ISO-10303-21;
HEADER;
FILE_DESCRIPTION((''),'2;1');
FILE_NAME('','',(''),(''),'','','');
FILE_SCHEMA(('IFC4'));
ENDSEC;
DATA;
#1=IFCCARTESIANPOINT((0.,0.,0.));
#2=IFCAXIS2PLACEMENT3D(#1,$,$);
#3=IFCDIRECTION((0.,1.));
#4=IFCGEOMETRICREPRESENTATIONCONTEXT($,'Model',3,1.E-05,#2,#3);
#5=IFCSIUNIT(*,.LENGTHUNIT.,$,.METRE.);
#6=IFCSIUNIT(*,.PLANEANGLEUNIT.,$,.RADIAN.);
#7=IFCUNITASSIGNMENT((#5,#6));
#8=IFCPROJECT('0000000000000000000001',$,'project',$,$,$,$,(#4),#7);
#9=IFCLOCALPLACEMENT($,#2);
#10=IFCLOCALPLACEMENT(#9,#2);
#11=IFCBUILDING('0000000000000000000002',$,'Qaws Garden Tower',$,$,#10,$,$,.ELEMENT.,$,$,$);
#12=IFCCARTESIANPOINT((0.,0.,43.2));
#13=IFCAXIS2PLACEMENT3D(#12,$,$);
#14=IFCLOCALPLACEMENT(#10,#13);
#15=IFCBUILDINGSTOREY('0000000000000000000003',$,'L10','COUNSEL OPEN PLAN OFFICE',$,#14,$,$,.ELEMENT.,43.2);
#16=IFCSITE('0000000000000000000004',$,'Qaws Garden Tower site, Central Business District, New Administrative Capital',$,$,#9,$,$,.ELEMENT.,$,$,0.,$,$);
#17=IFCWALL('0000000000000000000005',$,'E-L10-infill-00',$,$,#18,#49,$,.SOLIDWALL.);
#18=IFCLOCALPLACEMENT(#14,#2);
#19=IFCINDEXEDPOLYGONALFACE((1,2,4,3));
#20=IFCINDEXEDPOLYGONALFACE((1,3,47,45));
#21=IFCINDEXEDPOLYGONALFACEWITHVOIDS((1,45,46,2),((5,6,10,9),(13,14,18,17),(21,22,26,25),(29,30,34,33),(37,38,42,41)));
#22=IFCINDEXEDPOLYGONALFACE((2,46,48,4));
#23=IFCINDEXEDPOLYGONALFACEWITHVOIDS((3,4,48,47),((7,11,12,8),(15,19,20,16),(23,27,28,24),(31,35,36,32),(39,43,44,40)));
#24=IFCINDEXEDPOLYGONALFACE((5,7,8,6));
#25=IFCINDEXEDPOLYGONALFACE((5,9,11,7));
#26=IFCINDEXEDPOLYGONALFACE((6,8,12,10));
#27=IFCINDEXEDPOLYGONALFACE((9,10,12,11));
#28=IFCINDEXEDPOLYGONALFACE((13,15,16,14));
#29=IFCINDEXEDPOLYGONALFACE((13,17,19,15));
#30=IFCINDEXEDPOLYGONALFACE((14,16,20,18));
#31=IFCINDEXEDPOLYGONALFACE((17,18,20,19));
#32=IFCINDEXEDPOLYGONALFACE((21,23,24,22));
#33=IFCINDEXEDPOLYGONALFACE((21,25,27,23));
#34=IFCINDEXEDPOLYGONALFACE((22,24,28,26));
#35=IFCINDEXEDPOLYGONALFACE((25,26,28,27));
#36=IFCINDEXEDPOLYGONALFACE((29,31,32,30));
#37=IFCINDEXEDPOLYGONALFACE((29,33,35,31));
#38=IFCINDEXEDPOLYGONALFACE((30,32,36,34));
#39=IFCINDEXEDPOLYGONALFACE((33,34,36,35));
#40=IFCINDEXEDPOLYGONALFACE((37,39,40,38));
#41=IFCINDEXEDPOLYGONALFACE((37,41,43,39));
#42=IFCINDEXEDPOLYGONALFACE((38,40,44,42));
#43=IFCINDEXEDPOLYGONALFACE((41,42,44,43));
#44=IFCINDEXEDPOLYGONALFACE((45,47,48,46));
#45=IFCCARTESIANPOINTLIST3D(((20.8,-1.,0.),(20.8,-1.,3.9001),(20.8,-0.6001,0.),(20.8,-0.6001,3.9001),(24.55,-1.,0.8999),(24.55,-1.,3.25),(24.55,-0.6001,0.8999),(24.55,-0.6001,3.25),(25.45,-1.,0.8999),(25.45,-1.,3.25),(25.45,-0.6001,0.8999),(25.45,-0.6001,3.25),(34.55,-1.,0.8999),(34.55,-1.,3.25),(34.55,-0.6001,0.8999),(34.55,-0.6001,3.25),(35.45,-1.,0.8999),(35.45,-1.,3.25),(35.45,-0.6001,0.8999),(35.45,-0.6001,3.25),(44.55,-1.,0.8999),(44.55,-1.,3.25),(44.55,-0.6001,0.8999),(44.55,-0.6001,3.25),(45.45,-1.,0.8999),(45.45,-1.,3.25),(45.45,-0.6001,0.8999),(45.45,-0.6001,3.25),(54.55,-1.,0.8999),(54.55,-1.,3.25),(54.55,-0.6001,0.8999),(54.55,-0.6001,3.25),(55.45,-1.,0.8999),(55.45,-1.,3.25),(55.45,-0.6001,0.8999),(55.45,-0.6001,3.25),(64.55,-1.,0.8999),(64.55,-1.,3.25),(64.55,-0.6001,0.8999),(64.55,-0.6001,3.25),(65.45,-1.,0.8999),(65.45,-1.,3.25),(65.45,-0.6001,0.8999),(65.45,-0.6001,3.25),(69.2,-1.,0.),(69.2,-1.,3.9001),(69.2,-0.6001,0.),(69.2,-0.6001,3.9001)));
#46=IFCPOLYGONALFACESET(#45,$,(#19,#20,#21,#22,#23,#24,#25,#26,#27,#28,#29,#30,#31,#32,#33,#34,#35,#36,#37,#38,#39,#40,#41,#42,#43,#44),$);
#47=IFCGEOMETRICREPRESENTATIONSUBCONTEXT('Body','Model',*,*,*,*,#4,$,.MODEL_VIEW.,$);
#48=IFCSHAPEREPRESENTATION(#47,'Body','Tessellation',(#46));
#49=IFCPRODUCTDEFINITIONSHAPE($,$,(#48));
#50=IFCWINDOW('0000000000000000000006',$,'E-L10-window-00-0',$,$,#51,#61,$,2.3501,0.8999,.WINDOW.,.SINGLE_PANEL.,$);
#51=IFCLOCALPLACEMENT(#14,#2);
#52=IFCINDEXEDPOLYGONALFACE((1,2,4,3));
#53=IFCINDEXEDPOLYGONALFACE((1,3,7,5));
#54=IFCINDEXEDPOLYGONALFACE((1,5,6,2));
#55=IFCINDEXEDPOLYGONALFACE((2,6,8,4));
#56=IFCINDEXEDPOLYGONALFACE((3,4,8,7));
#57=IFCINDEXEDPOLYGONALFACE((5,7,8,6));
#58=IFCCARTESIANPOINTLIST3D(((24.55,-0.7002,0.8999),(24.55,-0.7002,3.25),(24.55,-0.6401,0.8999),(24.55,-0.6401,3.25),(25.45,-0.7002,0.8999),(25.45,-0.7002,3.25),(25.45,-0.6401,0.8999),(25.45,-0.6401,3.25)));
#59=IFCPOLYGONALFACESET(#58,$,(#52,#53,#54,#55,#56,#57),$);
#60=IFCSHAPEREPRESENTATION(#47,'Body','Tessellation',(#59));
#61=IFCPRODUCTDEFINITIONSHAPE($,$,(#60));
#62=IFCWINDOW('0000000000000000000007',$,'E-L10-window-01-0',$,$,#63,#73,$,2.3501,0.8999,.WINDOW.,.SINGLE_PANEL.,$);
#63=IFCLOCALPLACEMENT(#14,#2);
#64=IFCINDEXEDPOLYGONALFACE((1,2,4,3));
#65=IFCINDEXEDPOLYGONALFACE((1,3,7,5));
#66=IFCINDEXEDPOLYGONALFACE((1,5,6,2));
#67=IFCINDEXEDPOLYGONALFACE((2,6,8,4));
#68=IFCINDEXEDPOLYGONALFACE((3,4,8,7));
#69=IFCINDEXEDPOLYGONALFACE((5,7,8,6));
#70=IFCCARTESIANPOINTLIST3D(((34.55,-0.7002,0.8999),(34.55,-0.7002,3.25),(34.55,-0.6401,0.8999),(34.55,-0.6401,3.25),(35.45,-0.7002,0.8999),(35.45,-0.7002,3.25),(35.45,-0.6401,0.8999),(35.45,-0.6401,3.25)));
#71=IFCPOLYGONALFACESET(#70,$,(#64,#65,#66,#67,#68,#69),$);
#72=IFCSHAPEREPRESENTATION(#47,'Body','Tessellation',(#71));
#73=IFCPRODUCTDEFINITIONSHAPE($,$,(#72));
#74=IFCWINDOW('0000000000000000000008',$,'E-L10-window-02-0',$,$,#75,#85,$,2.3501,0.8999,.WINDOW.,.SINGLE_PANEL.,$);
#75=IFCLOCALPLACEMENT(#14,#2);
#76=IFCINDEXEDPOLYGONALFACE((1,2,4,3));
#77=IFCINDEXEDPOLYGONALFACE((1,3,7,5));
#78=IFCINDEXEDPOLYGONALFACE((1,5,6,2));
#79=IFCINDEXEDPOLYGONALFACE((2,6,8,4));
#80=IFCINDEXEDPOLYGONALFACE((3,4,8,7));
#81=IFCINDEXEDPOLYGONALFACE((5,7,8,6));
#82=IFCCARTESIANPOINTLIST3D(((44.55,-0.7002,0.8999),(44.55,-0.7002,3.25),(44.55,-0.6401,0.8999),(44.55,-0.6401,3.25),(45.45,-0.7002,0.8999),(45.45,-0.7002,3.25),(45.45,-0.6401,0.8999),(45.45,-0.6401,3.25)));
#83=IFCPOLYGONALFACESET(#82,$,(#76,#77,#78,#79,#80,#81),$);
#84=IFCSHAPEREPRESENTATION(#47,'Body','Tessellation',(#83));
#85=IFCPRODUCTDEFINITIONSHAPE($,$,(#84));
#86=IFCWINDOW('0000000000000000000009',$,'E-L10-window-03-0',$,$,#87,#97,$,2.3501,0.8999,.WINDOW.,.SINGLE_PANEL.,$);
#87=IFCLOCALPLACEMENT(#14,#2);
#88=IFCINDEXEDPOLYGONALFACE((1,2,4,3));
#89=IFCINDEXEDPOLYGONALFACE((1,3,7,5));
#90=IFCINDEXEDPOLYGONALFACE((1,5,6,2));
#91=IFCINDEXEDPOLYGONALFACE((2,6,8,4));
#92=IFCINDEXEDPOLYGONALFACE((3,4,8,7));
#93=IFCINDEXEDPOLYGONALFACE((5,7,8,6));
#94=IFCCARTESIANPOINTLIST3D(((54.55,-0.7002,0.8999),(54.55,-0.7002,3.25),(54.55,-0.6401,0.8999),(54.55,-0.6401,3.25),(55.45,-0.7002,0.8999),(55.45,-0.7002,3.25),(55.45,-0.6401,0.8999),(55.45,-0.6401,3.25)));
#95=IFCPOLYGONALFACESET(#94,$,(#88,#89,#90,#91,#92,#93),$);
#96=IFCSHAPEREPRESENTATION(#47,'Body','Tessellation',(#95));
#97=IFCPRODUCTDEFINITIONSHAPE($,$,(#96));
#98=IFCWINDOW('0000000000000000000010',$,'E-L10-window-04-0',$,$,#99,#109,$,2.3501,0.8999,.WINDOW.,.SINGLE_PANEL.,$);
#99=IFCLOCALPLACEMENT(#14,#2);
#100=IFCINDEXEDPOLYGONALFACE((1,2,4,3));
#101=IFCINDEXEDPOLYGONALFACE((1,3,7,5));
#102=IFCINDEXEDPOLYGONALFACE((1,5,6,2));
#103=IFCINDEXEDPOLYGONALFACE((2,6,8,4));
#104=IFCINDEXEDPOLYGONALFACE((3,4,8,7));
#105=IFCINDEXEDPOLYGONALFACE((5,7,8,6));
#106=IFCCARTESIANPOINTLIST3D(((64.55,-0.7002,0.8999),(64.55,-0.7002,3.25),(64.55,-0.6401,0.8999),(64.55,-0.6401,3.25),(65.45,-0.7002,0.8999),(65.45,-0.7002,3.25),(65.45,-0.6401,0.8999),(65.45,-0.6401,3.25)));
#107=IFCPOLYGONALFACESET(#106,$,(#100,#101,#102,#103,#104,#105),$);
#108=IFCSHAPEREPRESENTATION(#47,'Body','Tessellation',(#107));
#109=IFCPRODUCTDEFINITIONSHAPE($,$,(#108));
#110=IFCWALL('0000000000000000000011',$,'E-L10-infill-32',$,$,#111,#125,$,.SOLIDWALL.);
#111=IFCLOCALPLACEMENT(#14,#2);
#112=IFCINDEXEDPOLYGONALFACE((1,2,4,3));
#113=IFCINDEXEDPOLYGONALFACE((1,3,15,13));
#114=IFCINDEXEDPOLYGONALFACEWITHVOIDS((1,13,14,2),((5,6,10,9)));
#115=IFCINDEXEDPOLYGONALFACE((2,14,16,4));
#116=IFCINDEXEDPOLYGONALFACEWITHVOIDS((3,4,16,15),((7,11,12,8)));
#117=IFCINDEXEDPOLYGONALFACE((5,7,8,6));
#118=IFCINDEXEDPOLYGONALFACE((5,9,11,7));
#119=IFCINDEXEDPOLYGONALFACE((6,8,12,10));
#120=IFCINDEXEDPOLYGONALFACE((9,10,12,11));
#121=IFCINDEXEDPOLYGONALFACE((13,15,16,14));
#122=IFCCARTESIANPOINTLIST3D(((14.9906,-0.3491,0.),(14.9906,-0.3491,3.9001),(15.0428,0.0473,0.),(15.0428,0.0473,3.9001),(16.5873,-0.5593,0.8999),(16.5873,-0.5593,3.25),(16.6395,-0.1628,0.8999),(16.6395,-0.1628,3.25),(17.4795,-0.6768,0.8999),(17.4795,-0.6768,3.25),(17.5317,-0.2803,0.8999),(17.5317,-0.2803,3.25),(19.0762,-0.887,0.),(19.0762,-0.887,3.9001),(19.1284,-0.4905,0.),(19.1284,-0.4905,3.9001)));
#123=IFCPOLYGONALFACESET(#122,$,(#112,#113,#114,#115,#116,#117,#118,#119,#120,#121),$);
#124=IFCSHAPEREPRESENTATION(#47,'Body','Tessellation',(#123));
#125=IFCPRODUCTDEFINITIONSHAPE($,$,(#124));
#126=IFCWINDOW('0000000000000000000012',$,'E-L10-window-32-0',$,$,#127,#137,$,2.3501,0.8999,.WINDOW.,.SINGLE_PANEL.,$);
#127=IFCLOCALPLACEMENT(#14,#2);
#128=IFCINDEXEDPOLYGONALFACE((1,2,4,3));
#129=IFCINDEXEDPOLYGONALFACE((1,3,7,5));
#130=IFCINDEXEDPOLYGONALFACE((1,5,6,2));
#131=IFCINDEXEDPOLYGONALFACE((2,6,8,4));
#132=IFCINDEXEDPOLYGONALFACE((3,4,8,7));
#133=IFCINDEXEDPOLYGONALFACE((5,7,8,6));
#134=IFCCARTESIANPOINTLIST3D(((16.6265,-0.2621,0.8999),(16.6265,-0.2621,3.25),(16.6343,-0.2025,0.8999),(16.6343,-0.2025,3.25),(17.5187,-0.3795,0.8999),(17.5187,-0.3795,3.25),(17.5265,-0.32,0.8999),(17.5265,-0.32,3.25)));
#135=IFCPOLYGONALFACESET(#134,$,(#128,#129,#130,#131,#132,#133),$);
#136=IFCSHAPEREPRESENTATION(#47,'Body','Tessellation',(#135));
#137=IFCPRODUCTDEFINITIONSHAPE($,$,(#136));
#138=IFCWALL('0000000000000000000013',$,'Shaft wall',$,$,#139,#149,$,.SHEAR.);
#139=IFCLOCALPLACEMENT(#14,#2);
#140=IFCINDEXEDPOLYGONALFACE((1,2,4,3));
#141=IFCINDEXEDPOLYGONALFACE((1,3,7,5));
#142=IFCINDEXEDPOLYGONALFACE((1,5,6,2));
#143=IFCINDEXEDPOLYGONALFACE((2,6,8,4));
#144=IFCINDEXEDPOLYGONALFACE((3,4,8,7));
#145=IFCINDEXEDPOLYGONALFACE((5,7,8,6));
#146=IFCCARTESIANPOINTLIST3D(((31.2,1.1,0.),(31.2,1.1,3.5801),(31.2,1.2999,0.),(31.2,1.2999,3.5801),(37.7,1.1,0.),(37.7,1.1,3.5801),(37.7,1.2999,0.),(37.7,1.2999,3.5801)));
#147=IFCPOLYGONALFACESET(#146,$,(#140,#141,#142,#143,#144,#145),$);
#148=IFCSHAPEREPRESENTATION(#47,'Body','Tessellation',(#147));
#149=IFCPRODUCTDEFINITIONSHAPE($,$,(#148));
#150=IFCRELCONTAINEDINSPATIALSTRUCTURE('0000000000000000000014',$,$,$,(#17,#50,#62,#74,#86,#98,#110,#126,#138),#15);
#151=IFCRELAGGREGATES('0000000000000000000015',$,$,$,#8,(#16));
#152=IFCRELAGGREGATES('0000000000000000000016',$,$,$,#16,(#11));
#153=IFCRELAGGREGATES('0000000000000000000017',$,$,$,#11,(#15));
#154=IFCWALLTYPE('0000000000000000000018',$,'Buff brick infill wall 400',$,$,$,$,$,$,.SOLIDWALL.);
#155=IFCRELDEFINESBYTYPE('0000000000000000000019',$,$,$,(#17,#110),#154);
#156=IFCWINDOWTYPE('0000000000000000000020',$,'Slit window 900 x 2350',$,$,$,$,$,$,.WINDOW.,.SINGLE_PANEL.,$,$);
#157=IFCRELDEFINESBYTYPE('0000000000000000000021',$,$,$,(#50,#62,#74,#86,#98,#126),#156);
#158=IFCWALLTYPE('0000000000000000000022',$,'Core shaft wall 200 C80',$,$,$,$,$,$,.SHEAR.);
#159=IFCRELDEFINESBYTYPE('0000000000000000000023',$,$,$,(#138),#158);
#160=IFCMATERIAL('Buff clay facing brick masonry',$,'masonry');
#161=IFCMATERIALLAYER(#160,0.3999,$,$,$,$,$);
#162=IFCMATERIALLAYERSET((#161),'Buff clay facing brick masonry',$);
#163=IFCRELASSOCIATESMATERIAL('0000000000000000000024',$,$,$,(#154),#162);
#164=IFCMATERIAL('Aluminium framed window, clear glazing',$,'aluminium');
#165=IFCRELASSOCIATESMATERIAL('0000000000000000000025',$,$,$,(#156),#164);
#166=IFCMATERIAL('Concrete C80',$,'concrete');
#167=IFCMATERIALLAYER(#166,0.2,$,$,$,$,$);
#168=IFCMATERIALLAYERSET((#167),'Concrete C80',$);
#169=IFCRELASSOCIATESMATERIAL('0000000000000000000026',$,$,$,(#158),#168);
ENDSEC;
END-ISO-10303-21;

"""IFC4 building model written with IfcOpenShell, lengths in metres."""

from ifc_helpers import new_model, si_unit, direction, frame, frame_2d, origin, place, context, subcontext, project, spatial, rectangle, extrude, material, layer, layer_set, type_object, element, fill, save


model = new_model("IFC4")

# Units and contexts
model_context = context("Model", 3, precision=1e-05, world=origin(), true_north=direction((0.0, 1.0)))
body_context = subcontext(model_context, "Body", "Model", "MODEL_VIEW")
ifc_project = project(units=[si_unit("LENGTHUNIT", "METRE"), si_unit("PLANEANGLEUNIT", "RADIAN")], contexts=[model_context])

# Site, building, storey
site_placement = place(None, origin())
site = spatial("IfcSite", under=ifc_project, at=site_placement, Name="Qaws Garden Tower site, Central Business District, New Administrative Capital", CompositionType="ELEMENT", RefElevation=0.0)
building_placement = place(site_placement, origin())
building = spatial("IfcBuilding", under=site, at=building_placement, Name="Qaws Garden Tower", CompositionType="ELEMENT")
storey_placement = place(building_placement, frame((0.0, 0.0, 43.2)))
storey = spatial("IfcBuildingStorey", under=building, at=storey_placement, Name="L10", Description="COUNSEL OPEN PLAN OFFICE", CompositionType="ELEMENT", Elevation=43.2)

# Wall, openings, windows
ifc_material_1 = material(Name="Buff clay facing brick masonry", Category="masonry")
ifc_layer_1 = layer(ifc_material_1, 0.3999)
ifc_layer_set_1 = layer_set([ifc_layer_1], Name="Buff clay facing brick masonry")
wall_type_1 = type_object("IfcWallType", Name="Buff brick infill wall 400", PredefinedType="SOLIDWALL", material=ifc_layer_set_1)
wall_1_placement = place(storey_placement, frame((20.8, -0.8, 0.0), z_axis=(0.0, 0.0, 1.0), x_axis=(1.0, 0.0, 0.0)))
wall_1 = element("IfcWall", 1, at=wall_1_placement, inside=storey, type_object=wall_type_1, Name="E-L10-infill-00", PredefinedType="SOLIDWALL", context=body_context, shape_type="SweptSolid", body=[
    extrude(rectangle(XDim=48.3999, YDim=0.3999, at=frame_2d((24.2, 0.0))), origin(), (0.0, 0.0, 1.0), 3.9001),
])
opening_1_placement = place(wall_1_placement, frame((3.75, 0.0, 0.8999)))
opening_1 = element("IfcOpeningElement", 2, at=opening_1_placement, cuts=wall_1, PredefinedType="OPENING", context=body_context, shape_type="SweptSolid", body=[
    extrude(rectangle(XDim=0.8999, YDim=2.3501, at=frame_2d((0.45, 1.175))), frame((0.0, 0.21, 0.0), z_axis=(0.0, -1.0, 0.0), x_axis=(1.0, 0.0, 0.0)), (0.0, 0.0, 1.0), 0.4199),
])
opening_2_placement = place(wall_1_placement, frame((13.75, 0.0, 0.8999)))
opening_2 = element("IfcOpeningElement", 3, at=opening_2_placement, cuts=wall_1, PredefinedType="OPENING", context=body_context, shape_type="SweptSolid", body=[
    extrude(rectangle(XDim=0.8999, YDim=2.3501, at=frame_2d((0.45, 1.175))), frame((0.0, 0.21, 0.0), z_axis=(0.0, -1.0, 0.0), x_axis=(1.0, 0.0, 0.0)), (0.0, 0.0, 1.0), 0.4199),
])
opening_3_placement = place(wall_1_placement, frame((23.75, 0.0, 0.8999)))
opening_3 = element("IfcOpeningElement", 4, at=opening_3_placement, cuts=wall_1, PredefinedType="OPENING", context=body_context, shape_type="SweptSolid", body=[
    extrude(rectangle(XDim=0.8999, YDim=2.3501, at=frame_2d((0.45, 1.175))), frame((0.0, 0.21, 0.0), z_axis=(0.0, -1.0, 0.0), x_axis=(1.0, 0.0, 0.0)), (0.0, 0.0, 1.0), 0.4199),
])
opening_4_placement = place(wall_1_placement, frame((33.75, 0.0, 0.8999)))
opening_4 = element("IfcOpeningElement", 5, at=opening_4_placement, cuts=wall_1, PredefinedType="OPENING", context=body_context, shape_type="SweptSolid", body=[
    extrude(rectangle(XDim=0.8999, YDim=2.3501, at=frame_2d((0.45, 1.175))), frame((0.0, 0.21, 0.0), z_axis=(0.0, -1.0, 0.0), x_axis=(1.0, 0.0, 0.0)), (0.0, 0.0, 1.0), 0.4199),
])
opening_5_placement = place(wall_1_placement, frame((43.75, 0.0, 0.8999)))
opening_5 = element("IfcOpeningElement", 6, at=opening_5_placement, cuts=wall_1, PredefinedType="OPENING", context=body_context, shape_type="SweptSolid", body=[
    extrude(rectangle(XDim=0.8999, YDim=2.3501, at=frame_2d((0.45, 1.175))), frame((0.0, 0.21, 0.0), z_axis=(0.0, -1.0, 0.0), x_axis=(1.0, 0.0, 0.0)), (0.0, 0.0, 1.0), 0.4199),
])
ifc_material_2 = material(Name="Aluminium framed window, clear glazing", Category="aluminium")
window_type = type_object("IfcWindowType", Name="Slit window 900 x 2350", PartitioningType="SINGLE_PANEL", PredefinedType="WINDOW", material=ifc_material_2)
window_1_placement = place(opening_1_placement, origin())
window_1 = element("IfcWindow", 7, at=window_1_placement, inside=storey, type_object=window_type, Name="E-L10-window-00-0", OverallHeight=2.3501, OverallWidth=0.8999, PartitioningType="SINGLE_PANEL", PredefinedType="WINDOW", context=body_context, shape_type="SweptSolid", body=[
    extrude(rectangle(XDim=0.8999, YDim=2.3501, at=frame_2d((0.45, 1.175))), frame((0.0, 0.1599, 0.0), z_axis=(0.0, -1.0, 0.0), x_axis=(1.0, 0.0, 0.0)), (0.0, 0.0, 1.0), 0.0601),
])
fill(opening_1, window_1)
window_2_placement = place(opening_2_placement, origin())
window_2 = element("IfcWindow", 8, at=window_2_placement, inside=storey, type_object=window_type, Name="E-L10-window-01-0", OverallHeight=2.3501, OverallWidth=0.8999, PartitioningType="SINGLE_PANEL", PredefinedType="WINDOW", context=body_context, shape_type="SweptSolid", body=[
    extrude(rectangle(XDim=0.8999, YDim=2.3501, at=frame_2d((0.45, 1.175))), frame((0.0, 0.1599, 0.0), z_axis=(0.0, -1.0, 0.0), x_axis=(1.0, 0.0, 0.0)), (0.0, 0.0, 1.0), 0.0601),
])
fill(opening_2, window_2)
window_3_placement = place(opening_3_placement, origin())
window_3 = element("IfcWindow", 9, at=window_3_placement, inside=storey, type_object=window_type, Name="E-L10-window-02-0", OverallHeight=2.3501, OverallWidth=0.8999, PartitioningType="SINGLE_PANEL", PredefinedType="WINDOW", context=body_context, shape_type="SweptSolid", body=[
    extrude(rectangle(XDim=0.8999, YDim=2.3501, at=frame_2d((0.45, 1.175))), frame((0.0, 0.1599, 0.0), z_axis=(0.0, -1.0, 0.0), x_axis=(1.0, 0.0, 0.0)), (0.0, 0.0, 1.0), 0.0601),
])
fill(opening_3, window_3)
window_4_placement = place(opening_4_placement, origin())
window_4 = element("IfcWindow", 10, at=window_4_placement, inside=storey, type_object=window_type, Name="E-L10-window-03-0", OverallHeight=2.3501, OverallWidth=0.8999, PartitioningType="SINGLE_PANEL", PredefinedType="WINDOW", context=body_context, shape_type="SweptSolid", body=[
    extrude(rectangle(XDim=0.8999, YDim=2.3501, at=frame_2d((0.45, 1.175))), frame((0.0, 0.1599, 0.0), z_axis=(0.0, -1.0, 0.0), x_axis=(1.0, 0.0, 0.0)), (0.0, 0.0, 1.0), 0.0601),
])
fill(opening_4, window_4)
window_5_placement = place(opening_5_placement, origin())
window_5 = element("IfcWindow", 11, at=window_5_placement, inside=storey, type_object=window_type, Name="E-L10-window-04-0", OverallHeight=2.3501, OverallWidth=0.8999, PartitioningType="SINGLE_PANEL", PredefinedType="WINDOW", context=body_context, shape_type="SweptSolid", body=[
    extrude(rectangle(XDim=0.8999, YDim=2.3501, at=frame_2d((0.45, 1.175))), frame((0.0, 0.1599, 0.0), z_axis=(0.0, -1.0, 0.0), x_axis=(1.0, 0.0, 0.0)), (0.0, 0.0, 1.0), 0.0601),
])
fill(opening_5, window_5)

# Wall, opening, window
wall_2_placement = place(storey_placement, frame((15.0166, -0.1509, 0.0), z_axis=(0.0, 0.0, 1.0), x_axis=(0.991446, -0.130514, 0.0)))
wall_2 = element("IfcWall", 12, at=wall_2_placement, inside=storey, type_object=wall_type_1, Name="E-L10-infill-32", PredefinedType="SOLIDWALL", context=body_context, shape_type="SweptSolid", body=[
    extrude(rectangle(XDim=4.1208, YDim=0.3999, at=frame_2d((2.0605, 0.0))), origin(), (0.0, 0.0, 1.0), 3.9001),
])
opening_6_placement = place(wall_2_placement, frame((1.6106, 0.0, 0.8999)))
opening_6 = element("IfcOpeningElement", 13, at=opening_6_placement, cuts=wall_2, PredefinedType="OPENING", context=body_context, shape_type="SweptSolid", body=[
    extrude(rectangle(XDim=0.8999, YDim=2.3501, at=frame_2d((0.45, 1.175))), frame((0.0, 0.21, 0.0), z_axis=(0.0, -1.0, 0.0), x_axis=(1.0, 0.0, 0.0)), (0.0, 0.0, 1.0), 0.4199),
])
window_6_placement = place(opening_6_placement, origin())
window_6 = element("IfcWindow", 14, at=window_6_placement, inside=storey, type_object=window_type, Name="E-L10-window-32-0", OverallHeight=2.3501, OverallWidth=0.8999, PartitioningType="SINGLE_PANEL", PredefinedType="WINDOW", context=body_context, shape_type="SweptSolid", body=[
    extrude(rectangle(XDim=0.8999, YDim=2.3501, at=frame_2d((0.45, 1.175))), frame((0.0, 0.1599, 0.0), z_axis=(0.0, -1.0, 0.0), x_axis=(1.0, 0.0, 0.0)), (0.0, 0.0, 1.0), 0.0601),
])
fill(opening_6, window_6)

# Wall
ifc_material_3 = material(Name="Concrete C80", Category="concrete")
ifc_layer_2 = layer(ifc_material_3, 0.2)
ifc_layer_set_2 = layer_set([ifc_layer_2], Name="Concrete C80")
wall_type_2 = type_object("IfcWallType", Name="Core shaft wall 200 C80", PredefinedType="SHEAR", material=ifc_layer_set_2)
wall_3_placement = place(storey_placement, frame((31.2, 1.2, 0.0), z_axis=(0.0, 0.0, 1.0), x_axis=(1.0, 0.0, 0.0)))
element("IfcWall", 15, at=wall_3_placement, inside=storey, type_object=wall_type_2, Name="Shaft wall", PredefinedType="SHEAR", context=body_context, shape_type="SweptSolid", body=[
    extrude(rectangle(XDim=6.5, YDim=0.2, at=frame_2d((3.25, 0.0))), origin(), (0.0, 0.0, 1.0), 3.5801),
])

save(model, "model.ifc")
